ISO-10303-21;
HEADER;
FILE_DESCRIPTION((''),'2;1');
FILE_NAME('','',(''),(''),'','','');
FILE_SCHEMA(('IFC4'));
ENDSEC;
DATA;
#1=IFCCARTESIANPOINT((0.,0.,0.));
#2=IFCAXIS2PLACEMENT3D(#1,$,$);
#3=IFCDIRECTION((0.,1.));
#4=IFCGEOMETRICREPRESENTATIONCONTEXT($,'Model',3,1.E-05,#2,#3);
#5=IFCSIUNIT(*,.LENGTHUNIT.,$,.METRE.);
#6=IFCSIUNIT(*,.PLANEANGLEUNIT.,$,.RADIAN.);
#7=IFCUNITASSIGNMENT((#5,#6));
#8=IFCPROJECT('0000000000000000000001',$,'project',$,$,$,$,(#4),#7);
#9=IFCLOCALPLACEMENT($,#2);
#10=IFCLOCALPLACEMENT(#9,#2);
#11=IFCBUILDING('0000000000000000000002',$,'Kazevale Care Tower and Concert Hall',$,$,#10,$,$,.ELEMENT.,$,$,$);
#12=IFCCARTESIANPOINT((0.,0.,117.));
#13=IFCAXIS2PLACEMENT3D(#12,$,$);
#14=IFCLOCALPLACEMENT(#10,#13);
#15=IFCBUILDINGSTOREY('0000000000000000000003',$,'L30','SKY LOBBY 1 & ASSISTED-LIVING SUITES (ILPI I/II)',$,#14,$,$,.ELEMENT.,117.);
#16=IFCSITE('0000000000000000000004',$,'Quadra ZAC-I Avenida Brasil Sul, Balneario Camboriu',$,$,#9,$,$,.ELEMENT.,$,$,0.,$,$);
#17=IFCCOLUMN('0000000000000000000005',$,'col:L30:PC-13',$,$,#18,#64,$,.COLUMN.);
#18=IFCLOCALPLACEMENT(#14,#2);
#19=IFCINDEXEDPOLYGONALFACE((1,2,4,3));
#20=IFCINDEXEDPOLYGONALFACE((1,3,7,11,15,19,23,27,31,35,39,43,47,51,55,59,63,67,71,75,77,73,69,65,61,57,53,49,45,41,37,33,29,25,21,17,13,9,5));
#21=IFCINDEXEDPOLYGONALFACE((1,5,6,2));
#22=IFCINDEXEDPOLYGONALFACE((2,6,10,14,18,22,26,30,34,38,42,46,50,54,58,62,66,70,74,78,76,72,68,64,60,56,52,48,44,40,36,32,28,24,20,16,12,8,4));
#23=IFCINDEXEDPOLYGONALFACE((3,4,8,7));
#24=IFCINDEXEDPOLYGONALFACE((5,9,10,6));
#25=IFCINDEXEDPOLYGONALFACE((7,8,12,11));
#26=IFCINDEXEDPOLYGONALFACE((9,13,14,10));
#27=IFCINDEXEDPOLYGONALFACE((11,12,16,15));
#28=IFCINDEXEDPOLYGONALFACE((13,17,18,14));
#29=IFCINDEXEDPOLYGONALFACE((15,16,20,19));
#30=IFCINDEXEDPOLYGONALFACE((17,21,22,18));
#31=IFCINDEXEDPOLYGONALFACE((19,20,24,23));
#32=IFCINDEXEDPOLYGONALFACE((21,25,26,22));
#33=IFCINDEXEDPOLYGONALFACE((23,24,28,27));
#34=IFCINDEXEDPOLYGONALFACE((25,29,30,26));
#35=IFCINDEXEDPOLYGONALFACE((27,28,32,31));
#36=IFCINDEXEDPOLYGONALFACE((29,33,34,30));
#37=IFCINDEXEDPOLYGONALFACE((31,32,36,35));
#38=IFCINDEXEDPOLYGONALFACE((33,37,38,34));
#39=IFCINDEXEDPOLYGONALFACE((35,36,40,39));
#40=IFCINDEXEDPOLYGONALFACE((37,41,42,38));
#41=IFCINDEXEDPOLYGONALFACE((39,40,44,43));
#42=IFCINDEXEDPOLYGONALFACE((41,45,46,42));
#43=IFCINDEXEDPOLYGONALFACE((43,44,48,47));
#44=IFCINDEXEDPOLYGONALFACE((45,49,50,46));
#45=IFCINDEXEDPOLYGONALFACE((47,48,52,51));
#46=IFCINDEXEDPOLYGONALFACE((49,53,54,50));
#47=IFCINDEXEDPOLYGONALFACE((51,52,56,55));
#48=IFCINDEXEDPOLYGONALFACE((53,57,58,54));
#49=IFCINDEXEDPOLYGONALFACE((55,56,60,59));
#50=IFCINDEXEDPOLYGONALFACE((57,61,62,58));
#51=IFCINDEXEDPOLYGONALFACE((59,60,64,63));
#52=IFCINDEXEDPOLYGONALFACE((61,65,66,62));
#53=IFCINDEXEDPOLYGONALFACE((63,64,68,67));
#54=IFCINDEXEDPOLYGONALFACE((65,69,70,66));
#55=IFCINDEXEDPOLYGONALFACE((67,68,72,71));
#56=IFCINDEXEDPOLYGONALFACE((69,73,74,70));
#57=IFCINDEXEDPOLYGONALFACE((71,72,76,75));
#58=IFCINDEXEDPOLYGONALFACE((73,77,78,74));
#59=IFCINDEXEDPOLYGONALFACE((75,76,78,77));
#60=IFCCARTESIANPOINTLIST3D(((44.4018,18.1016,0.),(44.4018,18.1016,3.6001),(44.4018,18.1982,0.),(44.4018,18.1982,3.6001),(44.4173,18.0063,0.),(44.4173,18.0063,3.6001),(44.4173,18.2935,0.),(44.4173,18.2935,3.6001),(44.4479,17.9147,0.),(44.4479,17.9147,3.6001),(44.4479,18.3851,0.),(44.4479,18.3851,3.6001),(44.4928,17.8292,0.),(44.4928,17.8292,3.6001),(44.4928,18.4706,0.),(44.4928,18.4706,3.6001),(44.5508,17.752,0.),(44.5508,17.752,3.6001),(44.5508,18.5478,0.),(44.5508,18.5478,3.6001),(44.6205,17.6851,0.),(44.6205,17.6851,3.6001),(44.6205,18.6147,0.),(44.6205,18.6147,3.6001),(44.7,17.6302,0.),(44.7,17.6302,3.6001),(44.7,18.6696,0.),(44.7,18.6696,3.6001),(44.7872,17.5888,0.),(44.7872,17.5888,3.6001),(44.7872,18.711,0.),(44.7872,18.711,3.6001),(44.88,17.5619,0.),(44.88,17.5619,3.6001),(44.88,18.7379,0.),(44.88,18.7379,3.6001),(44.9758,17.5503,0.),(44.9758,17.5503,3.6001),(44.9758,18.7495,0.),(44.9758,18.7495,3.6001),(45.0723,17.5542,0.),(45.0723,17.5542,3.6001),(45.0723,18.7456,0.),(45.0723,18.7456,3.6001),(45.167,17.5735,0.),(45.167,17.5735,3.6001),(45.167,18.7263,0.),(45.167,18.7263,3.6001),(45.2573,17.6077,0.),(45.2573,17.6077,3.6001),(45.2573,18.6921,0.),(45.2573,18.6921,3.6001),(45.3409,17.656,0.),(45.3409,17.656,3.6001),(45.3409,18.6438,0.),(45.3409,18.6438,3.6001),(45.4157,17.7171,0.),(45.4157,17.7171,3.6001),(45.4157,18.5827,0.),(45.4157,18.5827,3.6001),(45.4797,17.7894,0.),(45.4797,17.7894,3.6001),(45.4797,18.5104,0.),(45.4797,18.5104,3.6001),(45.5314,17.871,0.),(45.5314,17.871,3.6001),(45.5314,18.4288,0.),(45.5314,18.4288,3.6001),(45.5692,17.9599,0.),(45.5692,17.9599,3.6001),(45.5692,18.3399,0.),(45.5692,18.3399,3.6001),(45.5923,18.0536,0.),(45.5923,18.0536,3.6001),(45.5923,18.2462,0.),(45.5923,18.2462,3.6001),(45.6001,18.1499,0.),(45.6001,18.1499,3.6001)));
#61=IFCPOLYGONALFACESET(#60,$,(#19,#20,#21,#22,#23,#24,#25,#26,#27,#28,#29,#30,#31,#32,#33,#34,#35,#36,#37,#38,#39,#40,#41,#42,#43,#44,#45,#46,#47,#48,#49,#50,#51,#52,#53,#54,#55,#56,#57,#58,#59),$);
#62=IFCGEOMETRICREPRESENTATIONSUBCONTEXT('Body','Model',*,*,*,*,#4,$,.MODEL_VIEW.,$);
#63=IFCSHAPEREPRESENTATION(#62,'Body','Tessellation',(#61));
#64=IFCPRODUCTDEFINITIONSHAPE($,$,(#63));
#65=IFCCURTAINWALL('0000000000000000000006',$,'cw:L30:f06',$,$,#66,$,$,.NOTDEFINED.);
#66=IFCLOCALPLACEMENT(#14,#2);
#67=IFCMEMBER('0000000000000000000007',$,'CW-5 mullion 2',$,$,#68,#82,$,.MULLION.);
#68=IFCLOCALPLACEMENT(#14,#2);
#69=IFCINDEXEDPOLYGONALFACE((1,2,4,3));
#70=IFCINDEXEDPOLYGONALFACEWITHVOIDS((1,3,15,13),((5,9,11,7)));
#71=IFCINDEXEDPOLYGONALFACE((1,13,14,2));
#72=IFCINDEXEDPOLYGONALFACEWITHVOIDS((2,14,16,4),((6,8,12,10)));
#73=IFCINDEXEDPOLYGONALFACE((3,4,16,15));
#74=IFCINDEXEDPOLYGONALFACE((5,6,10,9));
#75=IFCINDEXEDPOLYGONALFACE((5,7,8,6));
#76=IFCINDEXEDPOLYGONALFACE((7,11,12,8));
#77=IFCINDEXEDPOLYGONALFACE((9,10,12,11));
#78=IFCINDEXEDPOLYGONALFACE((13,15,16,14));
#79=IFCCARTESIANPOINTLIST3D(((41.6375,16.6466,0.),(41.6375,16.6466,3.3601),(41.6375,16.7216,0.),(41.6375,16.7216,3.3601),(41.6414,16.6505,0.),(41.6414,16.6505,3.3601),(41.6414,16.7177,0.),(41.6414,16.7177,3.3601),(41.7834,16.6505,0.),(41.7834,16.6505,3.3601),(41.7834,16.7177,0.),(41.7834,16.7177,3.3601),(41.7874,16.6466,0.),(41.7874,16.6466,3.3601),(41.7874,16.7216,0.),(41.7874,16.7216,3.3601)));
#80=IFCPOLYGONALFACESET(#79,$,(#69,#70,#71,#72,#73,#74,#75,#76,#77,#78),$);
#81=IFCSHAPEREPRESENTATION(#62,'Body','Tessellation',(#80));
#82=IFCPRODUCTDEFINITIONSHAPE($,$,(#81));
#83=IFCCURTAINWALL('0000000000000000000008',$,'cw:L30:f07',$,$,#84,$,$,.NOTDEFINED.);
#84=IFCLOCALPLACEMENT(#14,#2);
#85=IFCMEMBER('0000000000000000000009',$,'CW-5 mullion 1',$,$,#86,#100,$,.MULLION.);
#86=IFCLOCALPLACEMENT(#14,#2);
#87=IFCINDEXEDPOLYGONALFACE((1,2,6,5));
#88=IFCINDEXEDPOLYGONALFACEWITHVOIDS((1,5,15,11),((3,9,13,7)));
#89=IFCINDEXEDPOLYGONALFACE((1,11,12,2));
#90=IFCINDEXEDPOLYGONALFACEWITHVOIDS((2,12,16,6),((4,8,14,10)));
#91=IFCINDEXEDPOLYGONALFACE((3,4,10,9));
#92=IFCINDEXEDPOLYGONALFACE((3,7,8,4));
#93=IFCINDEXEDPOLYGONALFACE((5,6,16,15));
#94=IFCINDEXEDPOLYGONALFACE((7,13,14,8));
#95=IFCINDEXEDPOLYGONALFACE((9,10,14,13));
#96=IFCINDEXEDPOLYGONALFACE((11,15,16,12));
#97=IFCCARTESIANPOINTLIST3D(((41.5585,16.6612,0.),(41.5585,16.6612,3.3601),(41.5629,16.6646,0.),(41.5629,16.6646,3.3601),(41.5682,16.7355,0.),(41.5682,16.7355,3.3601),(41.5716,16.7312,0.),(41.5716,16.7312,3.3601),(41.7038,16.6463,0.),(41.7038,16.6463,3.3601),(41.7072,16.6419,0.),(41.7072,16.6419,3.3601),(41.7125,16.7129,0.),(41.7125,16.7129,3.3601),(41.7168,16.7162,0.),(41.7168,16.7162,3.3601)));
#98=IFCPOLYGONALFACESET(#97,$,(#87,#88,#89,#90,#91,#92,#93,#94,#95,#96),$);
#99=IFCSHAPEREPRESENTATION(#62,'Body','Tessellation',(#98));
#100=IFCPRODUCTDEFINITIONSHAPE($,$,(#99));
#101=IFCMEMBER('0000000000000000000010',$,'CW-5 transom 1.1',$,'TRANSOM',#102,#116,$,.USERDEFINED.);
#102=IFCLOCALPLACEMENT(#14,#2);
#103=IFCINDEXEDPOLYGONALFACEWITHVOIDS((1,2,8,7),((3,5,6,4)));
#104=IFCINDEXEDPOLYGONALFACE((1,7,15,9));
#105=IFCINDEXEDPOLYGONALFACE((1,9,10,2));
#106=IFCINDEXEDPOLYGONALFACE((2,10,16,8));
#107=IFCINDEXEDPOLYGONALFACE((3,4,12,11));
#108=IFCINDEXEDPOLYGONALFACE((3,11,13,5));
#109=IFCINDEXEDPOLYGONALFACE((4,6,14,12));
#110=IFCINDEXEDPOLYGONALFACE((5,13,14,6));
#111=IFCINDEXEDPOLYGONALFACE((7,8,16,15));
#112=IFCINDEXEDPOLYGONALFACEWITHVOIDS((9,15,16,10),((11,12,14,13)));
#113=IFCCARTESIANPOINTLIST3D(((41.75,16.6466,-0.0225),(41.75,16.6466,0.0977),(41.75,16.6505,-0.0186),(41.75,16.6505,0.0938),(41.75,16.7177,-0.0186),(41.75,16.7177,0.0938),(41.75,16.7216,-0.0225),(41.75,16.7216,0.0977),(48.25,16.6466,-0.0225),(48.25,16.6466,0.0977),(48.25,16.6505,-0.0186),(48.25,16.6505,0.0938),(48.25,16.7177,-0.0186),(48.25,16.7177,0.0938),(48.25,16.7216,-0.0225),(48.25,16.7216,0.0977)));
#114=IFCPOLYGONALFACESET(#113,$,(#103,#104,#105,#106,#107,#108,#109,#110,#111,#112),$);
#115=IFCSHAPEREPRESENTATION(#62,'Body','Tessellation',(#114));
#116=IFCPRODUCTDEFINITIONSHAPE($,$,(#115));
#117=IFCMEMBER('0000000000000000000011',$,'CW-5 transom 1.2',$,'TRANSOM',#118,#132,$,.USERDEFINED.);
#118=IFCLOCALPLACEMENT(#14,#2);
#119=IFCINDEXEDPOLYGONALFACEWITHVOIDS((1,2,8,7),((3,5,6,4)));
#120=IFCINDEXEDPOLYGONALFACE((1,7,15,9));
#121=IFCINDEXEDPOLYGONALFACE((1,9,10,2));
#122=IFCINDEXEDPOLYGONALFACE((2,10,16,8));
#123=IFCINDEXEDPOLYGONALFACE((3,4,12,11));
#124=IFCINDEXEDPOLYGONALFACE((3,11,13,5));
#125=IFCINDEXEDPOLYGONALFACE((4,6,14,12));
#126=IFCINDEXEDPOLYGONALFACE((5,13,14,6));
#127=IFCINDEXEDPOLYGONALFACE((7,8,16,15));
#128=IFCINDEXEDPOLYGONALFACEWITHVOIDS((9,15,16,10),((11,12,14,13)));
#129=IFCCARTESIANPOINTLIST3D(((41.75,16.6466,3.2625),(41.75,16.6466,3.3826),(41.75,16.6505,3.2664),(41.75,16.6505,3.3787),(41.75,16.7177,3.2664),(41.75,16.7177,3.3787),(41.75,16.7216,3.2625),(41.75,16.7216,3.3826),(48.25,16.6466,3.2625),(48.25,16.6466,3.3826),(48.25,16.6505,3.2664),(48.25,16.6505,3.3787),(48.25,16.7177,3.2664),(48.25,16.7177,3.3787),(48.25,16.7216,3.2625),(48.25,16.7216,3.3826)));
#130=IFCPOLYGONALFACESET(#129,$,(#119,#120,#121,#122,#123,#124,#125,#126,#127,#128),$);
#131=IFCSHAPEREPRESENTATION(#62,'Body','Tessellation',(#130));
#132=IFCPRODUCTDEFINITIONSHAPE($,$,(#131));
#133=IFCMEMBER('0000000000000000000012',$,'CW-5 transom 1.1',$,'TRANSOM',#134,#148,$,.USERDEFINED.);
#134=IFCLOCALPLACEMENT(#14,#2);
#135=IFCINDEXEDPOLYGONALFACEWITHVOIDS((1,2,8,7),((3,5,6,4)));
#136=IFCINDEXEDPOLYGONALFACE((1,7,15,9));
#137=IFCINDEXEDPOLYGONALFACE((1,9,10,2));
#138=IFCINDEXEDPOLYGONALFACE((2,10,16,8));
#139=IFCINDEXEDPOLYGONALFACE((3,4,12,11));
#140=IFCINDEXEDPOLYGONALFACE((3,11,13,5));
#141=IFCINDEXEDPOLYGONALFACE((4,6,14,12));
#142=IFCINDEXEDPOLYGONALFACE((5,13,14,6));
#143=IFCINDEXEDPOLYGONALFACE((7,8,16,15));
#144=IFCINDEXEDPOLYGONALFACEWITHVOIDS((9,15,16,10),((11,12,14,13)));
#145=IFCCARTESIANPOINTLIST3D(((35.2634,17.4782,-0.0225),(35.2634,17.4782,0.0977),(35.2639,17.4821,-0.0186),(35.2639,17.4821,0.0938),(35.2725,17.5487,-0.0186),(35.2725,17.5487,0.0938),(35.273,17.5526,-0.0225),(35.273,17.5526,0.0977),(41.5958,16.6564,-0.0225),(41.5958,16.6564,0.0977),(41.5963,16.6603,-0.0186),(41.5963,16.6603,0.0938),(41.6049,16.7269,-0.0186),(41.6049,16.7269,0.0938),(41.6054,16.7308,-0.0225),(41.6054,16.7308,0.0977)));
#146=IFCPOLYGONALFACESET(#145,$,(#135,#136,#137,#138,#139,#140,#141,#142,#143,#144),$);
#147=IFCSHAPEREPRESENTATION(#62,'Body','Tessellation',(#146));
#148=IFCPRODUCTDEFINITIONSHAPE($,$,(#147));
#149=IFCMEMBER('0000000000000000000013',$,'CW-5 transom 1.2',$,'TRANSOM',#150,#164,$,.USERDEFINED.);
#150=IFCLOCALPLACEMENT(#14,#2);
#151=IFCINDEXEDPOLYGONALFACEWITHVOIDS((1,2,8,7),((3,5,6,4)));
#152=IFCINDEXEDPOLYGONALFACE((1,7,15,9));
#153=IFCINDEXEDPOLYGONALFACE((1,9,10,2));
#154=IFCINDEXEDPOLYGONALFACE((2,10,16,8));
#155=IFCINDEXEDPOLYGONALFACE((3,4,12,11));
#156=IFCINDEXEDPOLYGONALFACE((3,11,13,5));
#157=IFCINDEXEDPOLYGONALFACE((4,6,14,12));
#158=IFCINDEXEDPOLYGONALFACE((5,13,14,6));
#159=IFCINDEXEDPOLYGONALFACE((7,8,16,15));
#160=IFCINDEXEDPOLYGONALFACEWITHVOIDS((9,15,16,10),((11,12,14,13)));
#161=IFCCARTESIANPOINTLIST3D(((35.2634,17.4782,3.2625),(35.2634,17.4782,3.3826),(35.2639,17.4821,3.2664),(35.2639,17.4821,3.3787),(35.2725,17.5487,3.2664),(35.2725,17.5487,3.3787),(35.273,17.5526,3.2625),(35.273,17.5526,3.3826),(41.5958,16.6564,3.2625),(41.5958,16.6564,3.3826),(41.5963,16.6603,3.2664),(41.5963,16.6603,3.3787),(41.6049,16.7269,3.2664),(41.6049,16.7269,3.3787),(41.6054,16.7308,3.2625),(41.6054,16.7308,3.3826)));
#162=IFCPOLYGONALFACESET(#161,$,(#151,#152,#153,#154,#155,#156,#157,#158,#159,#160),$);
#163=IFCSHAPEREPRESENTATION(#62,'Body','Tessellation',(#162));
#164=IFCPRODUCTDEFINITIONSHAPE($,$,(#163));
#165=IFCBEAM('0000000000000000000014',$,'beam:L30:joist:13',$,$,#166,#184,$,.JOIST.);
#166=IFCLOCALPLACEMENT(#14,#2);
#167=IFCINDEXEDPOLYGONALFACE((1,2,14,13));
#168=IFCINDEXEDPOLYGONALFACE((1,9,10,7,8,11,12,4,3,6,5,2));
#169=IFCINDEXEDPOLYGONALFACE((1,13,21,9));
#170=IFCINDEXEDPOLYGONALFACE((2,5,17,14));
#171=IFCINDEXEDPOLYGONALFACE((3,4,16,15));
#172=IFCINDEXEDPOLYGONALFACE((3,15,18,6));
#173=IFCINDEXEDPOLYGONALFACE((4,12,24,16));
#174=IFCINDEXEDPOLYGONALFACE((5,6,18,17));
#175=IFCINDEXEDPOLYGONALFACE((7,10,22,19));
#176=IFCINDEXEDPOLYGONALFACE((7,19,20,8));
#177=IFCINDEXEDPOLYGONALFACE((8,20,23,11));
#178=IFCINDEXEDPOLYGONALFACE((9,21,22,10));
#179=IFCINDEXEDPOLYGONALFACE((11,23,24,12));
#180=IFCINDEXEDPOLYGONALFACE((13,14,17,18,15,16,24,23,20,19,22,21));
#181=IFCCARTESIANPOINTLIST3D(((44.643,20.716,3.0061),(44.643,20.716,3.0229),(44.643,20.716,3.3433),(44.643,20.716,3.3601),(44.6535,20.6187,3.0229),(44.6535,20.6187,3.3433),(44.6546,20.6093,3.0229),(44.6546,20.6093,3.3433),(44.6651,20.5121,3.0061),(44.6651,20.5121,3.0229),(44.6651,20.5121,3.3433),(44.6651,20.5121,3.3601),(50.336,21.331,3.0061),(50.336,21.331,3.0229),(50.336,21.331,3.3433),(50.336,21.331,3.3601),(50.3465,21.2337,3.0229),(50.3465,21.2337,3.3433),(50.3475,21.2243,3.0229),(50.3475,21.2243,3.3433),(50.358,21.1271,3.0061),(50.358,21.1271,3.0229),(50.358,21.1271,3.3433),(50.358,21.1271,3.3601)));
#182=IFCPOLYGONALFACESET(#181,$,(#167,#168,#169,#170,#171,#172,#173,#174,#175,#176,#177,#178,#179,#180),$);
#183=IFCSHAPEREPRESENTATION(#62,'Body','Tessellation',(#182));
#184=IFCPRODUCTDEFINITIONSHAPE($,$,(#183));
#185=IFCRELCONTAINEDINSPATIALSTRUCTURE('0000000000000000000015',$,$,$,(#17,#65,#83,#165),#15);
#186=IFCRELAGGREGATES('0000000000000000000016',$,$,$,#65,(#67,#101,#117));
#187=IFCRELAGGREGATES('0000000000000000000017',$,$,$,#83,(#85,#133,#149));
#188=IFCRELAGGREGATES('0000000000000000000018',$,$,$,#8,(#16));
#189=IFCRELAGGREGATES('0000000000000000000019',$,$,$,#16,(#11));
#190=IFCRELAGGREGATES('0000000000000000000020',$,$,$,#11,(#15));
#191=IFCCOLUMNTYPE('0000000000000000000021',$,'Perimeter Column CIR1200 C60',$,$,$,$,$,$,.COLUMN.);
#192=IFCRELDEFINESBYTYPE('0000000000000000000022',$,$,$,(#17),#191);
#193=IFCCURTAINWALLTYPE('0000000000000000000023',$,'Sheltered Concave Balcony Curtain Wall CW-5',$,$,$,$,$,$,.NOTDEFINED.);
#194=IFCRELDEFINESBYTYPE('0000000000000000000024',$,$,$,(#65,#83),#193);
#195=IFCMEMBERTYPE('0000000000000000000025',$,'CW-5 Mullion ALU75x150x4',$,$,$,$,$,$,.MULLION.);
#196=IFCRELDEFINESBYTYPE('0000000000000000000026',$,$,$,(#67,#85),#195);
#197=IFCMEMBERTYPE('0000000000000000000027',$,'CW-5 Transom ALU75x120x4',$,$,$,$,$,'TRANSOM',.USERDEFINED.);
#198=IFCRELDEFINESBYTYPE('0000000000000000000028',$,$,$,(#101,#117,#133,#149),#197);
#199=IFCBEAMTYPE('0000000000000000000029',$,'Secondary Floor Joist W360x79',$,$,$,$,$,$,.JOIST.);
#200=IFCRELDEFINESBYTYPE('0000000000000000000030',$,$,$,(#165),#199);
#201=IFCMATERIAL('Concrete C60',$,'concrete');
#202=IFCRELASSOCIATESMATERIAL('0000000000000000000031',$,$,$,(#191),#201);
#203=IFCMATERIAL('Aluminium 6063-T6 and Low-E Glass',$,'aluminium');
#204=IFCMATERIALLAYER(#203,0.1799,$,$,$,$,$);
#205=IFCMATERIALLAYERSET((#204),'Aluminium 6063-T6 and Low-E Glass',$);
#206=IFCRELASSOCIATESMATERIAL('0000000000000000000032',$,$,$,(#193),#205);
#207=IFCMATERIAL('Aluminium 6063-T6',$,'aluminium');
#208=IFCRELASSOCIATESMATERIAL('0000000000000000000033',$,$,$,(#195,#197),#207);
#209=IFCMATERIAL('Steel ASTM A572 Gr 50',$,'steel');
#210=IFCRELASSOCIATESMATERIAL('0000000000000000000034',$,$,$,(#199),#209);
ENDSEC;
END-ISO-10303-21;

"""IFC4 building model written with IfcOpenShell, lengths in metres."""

from ifc_helpers import new_model, si_unit, direction, frame, origin, origin_2d, place, context, subcontext, project, spatial, hollow_rectangle, circle, i_section, extrude, material, layer, layer_set, material_profile, profile_set, type_object, element, aggregate, save


model = new_model("IFC4")

# Units and contexts
model_context = context("Model", 3, precision=1e-05, world=origin(), true_north=direction((0.0, 1.0)))
body_context = subcontext(model_context, "Body", "Model", "MODEL_VIEW")
ifc_project = project(units=[si_unit("LENGTHUNIT", "METRE"), si_unit("PLANEANGLEUNIT", "RADIAN")], contexts=[model_context])

# Site, building, storey
site_placement = place(None, origin())
site = spatial("IfcSite", under=ifc_project, at=site_placement, Name="Quadra ZAC-I Avenida Brasil Sul, Balneario Camboriu", CompositionType="ELEMENT", RefElevation=0.0)
building_placement = place(site_placement, origin())
building = spatial("IfcBuilding", under=site, at=building_placement, Name="Kazevale Care Tower and Concert Hall", CompositionType="ELEMENT")
storey_placement = place(building_placement, frame((0.0, 0.0, 117.0)))
storey = spatial("IfcBuildingStorey", under=building, at=storey_placement, Name="L30", Description="SKY LOBBY 1 & ASSISTED-LIVING SUITES (ILPI I/II)", CompositionType="ELEMENT", Elevation=117.0)

# Column
ifc_material_1 = material(Name="Concrete C60", Category="concrete")
ifc_material_profile_1 = material_profile(ifc_material_1, circle(Radius=0.6001, at=origin_2d()), Name="RC-CIR1200")
ifc_profile_set_1 = profile_set([ifc_material_profile_1], Name="Concrete C60")
column_type = type_object("IfcColumnType", Name="Perimeter Column CIR1200 C60", PredefinedType="COLUMN", material=ifc_profile_set_1)
column_placement = place(storey_placement, frame((45.0, 18.1499, 0.0), z_axis=(0.0, 0.0, 1.0), x_axis=(1.0, 0.0, 0.0)))
element("IfcColumn", 1, at=column_placement, inside=storey, type_object=column_type, Name="col:L30:PC-13", PredefinedType="COLUMN", context=body_context, shape_type="SweptSolid", body=[
    extrude(circle(Radius=0.6001, at=origin_2d()), origin(), (0.0, 0.0, 1.0), 3.6001),
])

# Curtain walls, members
ifc_material_2 = material(Name="Aluminium 6063-T6 and Low-E Glass", Category="aluminium")
ifc_layer_1 = layer(ifc_material_2, 0.1799)
ifc_layer_set_1 = layer_set([ifc_layer_1], Name="Aluminium 6063-T6 and Low-E Glass")
curtain_wall_type = type_object("IfcCurtainWallType", Name="Sheltered Concave Balcony Curtain Wall CW-5", PredefinedType="NOTDEFINED", material=ifc_layer_set_1)
curtain_wall_1_placement = place(storey_placement, origin())
curtain_wall_1 = element("IfcCurtainWall", 2, at=curtain_wall_1_placement, inside=storey, type_object=curtain_wall_type, Name="cw:L30:f06", PredefinedType="NOTDEFINED")
ifc_material_3 = material(Name="Aluminium 6063-T6", Category="aluminium")
ifc_material_profile_2 = material_profile(ifc_material_3, hollow_rectangle(XDim=0.075, YDim=0.1499, WallThickness=0.0039, at=origin_2d()), Name="ALU75x150x4")
ifc_profile_set_2 = profile_set([ifc_material_profile_2], Name="Aluminium 6063-T6")
member_type_1 = type_object("IfcMemberType", Name="CW-5 Mullion ALU75x150x4", PredefinedType="MULLION", material=ifc_profile_set_2)
member_1_placement = place(storey_placement, frame((41.7124, 16.6841, 0.0), z_axis=(0.0, 0.0, 1.0), x_axis=(0.0, -1.0, 0.0)))
member_1 = element("IfcMember", 3, at=member_1_placement, type_object=member_type_1, Name="CW-5 mullion 2", PredefinedType="MULLION", context=body_context, shape_type="SweptSolid", body=[
    extrude(hollow_rectangle(XDim=0.075, YDim=0.1499, WallThickness=0.0039, at=origin_2d()), origin(), (0.0, 0.0, 1.0), 3.3601),
])
curtain_wall_2_placement = place(storey_placement, origin())
curtain_wall_2 = element("IfcCurtainWall", 4, at=curtain_wall_2_placement, inside=storey, type_object=curtain_wall_type, Name="cw:L30:f07", PredefinedType="NOTDEFINED")
member_2_placement = place(storey_placement, frame((41.6377, 16.6887, 0.0), z_axis=(0.0, 0.0, 1.0), x_axis=(-0.128685, -0.991686, 0.0)))
member_2 = element("IfcMember", 5, at=member_2_placement, type_object=member_type_1, Name="CW-5 mullion 1", PredefinedType="MULLION", context=body_context, shape_type="SweptSolid", body=[
    extrude(hollow_rectangle(XDim=0.075, YDim=0.1499, WallThickness=0.0039, at=origin_2d()), origin(), (0.0, 0.0, 1.0), 3.3601),
])

# Members
ifc_material_profile_3 = material_profile(ifc_material_3, hollow_rectangle(XDim=0.075, YDim=0.1201, WallThickness=0.0039, at=origin_2d()), Name="ALU75x120x4")
ifc_profile_set_3 = profile_set([ifc_material_profile_3], Name="Aluminium 6063-T6")
member_type_2 = type_object("IfcMemberType", Name="CW-5 Transom ALU75x120x4", ElementType="TRANSOM", PredefinedType="USERDEFINED", material=ifc_profile_set_3)
member_3_placement = place(storey_placement, frame((48.25, 16.6841, 0.0376), z_axis=(-1.0, 0.0, 0.0), x_axis=(0.0, -1.0, 0.0)))
member_3 = element("IfcMember", 6, at=member_3_placement, type_object=member_type_2, Name="CW-5 transom 1.1", ObjectType="TRANSOM", PredefinedType="USERDEFINED", context=body_context, shape_type="SweptSolid", body=[
    extrude(hollow_rectangle(XDim=0.075, YDim=0.1201, WallThickness=0.0039, at=origin_2d()), origin(), (0.0, 0.0, 1.0), 6.5),
])
member_4_placement = place(storey_placement, frame((48.25, 16.6841, 3.3225), z_axis=(-1.0, 0.0, 0.0), x_axis=(0.0, -1.0, 0.0)))
member_4 = element("IfcMember", 7, at=member_4_placement, type_object=member_type_2, Name="CW-5 transom 1.2", ObjectType="TRANSOM", PredefinedType="USERDEFINED", context=body_context, shape_type="SweptSolid", body=[
    extrude(hollow_rectangle(XDim=0.075, YDim=0.1201, WallThickness=0.0039, at=origin_2d()), origin(), (0.0, 0.0, 1.0), 6.5),
])
member_5_placement = place(storey_placement, frame((41.6006, 16.6936, 0.0376), z_axis=(-0.991684, 0.128697, 0.0), x_axis=(-0.128697, -0.991684, 0.0)))
member_5 = element("IfcMember", 8, at=member_5_placement, type_object=member_type_2, Name="CW-5 transom 1.1", ObjectType="TRANSOM", PredefinedType="USERDEFINED", context=body_context, shape_type="SweptSolid", body=[
    extrude(hollow_rectangle(XDim=0.075, YDim=0.1201, WallThickness=0.0039, at=origin_2d()), origin(), (0.0, 0.0, 1.0), 6.3855),
])
member_6_placement = place(storey_placement, frame((41.6006, 16.6936, 3.3225), z_axis=(-0.991684, 0.128697, 0.0), x_axis=(-0.128697, -0.991684, 0.0)))
member_6 = element("IfcMember", 9, at=member_6_placement, type_object=member_type_2, Name="CW-5 transom 1.2", ObjectType="TRANSOM", PredefinedType="USERDEFINED", context=body_context, shape_type="SweptSolid", body=[
    extrude(hollow_rectangle(XDim=0.075, YDim=0.1201, WallThickness=0.0039, at=origin_2d()), origin(), (0.0, 0.0, 1.0), 6.3855),
])

# Beam
ifc_material_4 = material(Name="Steel ASTM A572 Gr 50", Category="steel")
ifc_material_profile_4 = material_profile(ifc_material_4, i_section(OverallWidth=0.2051, OverallDepth=0.354, WebThickness=0.0095, FlangeThickness=0.0168, at=origin_2d()), Name="W360x79")
ifc_profile_set_4 = profile_set([ifc_material_profile_4], Name="Steel ASTM A572 Gr 50")
beam_type_1 = type_object("IfcBeamType", Name="Secondary Floor Joist W360x79", PredefinedType="JOIST", material=ifc_profile_set_4)
beam_1_placement = place(storey_placement, frame((44.6541, 20.614, 3.1831), z_axis=(0.994216, 0.107403, 0.0), x_axis=(-0.107403, 0.994216, 0.0)))
element("IfcBeam", 10, at=beam_1_placement, inside=storey, type_object=beam_type_1, Name="beam:L30:joist:13", PredefinedType="JOIST", context=body_context, shape_type="SweptSolid", body=[
    extrude(i_section(OverallWidth=0.2051, OverallDepth=0.354, WebThickness=0.0095, FlangeThickness=0.0168, at=origin_2d()), origin(), (0.0, 0.0, 1.0), 5.7261),
])

aggregate(curtain_wall_1, [member_1, member_3, member_4])
aggregate(curtain_wall_2, [member_2, member_5, member_6])

save(model, "model.ifc")
